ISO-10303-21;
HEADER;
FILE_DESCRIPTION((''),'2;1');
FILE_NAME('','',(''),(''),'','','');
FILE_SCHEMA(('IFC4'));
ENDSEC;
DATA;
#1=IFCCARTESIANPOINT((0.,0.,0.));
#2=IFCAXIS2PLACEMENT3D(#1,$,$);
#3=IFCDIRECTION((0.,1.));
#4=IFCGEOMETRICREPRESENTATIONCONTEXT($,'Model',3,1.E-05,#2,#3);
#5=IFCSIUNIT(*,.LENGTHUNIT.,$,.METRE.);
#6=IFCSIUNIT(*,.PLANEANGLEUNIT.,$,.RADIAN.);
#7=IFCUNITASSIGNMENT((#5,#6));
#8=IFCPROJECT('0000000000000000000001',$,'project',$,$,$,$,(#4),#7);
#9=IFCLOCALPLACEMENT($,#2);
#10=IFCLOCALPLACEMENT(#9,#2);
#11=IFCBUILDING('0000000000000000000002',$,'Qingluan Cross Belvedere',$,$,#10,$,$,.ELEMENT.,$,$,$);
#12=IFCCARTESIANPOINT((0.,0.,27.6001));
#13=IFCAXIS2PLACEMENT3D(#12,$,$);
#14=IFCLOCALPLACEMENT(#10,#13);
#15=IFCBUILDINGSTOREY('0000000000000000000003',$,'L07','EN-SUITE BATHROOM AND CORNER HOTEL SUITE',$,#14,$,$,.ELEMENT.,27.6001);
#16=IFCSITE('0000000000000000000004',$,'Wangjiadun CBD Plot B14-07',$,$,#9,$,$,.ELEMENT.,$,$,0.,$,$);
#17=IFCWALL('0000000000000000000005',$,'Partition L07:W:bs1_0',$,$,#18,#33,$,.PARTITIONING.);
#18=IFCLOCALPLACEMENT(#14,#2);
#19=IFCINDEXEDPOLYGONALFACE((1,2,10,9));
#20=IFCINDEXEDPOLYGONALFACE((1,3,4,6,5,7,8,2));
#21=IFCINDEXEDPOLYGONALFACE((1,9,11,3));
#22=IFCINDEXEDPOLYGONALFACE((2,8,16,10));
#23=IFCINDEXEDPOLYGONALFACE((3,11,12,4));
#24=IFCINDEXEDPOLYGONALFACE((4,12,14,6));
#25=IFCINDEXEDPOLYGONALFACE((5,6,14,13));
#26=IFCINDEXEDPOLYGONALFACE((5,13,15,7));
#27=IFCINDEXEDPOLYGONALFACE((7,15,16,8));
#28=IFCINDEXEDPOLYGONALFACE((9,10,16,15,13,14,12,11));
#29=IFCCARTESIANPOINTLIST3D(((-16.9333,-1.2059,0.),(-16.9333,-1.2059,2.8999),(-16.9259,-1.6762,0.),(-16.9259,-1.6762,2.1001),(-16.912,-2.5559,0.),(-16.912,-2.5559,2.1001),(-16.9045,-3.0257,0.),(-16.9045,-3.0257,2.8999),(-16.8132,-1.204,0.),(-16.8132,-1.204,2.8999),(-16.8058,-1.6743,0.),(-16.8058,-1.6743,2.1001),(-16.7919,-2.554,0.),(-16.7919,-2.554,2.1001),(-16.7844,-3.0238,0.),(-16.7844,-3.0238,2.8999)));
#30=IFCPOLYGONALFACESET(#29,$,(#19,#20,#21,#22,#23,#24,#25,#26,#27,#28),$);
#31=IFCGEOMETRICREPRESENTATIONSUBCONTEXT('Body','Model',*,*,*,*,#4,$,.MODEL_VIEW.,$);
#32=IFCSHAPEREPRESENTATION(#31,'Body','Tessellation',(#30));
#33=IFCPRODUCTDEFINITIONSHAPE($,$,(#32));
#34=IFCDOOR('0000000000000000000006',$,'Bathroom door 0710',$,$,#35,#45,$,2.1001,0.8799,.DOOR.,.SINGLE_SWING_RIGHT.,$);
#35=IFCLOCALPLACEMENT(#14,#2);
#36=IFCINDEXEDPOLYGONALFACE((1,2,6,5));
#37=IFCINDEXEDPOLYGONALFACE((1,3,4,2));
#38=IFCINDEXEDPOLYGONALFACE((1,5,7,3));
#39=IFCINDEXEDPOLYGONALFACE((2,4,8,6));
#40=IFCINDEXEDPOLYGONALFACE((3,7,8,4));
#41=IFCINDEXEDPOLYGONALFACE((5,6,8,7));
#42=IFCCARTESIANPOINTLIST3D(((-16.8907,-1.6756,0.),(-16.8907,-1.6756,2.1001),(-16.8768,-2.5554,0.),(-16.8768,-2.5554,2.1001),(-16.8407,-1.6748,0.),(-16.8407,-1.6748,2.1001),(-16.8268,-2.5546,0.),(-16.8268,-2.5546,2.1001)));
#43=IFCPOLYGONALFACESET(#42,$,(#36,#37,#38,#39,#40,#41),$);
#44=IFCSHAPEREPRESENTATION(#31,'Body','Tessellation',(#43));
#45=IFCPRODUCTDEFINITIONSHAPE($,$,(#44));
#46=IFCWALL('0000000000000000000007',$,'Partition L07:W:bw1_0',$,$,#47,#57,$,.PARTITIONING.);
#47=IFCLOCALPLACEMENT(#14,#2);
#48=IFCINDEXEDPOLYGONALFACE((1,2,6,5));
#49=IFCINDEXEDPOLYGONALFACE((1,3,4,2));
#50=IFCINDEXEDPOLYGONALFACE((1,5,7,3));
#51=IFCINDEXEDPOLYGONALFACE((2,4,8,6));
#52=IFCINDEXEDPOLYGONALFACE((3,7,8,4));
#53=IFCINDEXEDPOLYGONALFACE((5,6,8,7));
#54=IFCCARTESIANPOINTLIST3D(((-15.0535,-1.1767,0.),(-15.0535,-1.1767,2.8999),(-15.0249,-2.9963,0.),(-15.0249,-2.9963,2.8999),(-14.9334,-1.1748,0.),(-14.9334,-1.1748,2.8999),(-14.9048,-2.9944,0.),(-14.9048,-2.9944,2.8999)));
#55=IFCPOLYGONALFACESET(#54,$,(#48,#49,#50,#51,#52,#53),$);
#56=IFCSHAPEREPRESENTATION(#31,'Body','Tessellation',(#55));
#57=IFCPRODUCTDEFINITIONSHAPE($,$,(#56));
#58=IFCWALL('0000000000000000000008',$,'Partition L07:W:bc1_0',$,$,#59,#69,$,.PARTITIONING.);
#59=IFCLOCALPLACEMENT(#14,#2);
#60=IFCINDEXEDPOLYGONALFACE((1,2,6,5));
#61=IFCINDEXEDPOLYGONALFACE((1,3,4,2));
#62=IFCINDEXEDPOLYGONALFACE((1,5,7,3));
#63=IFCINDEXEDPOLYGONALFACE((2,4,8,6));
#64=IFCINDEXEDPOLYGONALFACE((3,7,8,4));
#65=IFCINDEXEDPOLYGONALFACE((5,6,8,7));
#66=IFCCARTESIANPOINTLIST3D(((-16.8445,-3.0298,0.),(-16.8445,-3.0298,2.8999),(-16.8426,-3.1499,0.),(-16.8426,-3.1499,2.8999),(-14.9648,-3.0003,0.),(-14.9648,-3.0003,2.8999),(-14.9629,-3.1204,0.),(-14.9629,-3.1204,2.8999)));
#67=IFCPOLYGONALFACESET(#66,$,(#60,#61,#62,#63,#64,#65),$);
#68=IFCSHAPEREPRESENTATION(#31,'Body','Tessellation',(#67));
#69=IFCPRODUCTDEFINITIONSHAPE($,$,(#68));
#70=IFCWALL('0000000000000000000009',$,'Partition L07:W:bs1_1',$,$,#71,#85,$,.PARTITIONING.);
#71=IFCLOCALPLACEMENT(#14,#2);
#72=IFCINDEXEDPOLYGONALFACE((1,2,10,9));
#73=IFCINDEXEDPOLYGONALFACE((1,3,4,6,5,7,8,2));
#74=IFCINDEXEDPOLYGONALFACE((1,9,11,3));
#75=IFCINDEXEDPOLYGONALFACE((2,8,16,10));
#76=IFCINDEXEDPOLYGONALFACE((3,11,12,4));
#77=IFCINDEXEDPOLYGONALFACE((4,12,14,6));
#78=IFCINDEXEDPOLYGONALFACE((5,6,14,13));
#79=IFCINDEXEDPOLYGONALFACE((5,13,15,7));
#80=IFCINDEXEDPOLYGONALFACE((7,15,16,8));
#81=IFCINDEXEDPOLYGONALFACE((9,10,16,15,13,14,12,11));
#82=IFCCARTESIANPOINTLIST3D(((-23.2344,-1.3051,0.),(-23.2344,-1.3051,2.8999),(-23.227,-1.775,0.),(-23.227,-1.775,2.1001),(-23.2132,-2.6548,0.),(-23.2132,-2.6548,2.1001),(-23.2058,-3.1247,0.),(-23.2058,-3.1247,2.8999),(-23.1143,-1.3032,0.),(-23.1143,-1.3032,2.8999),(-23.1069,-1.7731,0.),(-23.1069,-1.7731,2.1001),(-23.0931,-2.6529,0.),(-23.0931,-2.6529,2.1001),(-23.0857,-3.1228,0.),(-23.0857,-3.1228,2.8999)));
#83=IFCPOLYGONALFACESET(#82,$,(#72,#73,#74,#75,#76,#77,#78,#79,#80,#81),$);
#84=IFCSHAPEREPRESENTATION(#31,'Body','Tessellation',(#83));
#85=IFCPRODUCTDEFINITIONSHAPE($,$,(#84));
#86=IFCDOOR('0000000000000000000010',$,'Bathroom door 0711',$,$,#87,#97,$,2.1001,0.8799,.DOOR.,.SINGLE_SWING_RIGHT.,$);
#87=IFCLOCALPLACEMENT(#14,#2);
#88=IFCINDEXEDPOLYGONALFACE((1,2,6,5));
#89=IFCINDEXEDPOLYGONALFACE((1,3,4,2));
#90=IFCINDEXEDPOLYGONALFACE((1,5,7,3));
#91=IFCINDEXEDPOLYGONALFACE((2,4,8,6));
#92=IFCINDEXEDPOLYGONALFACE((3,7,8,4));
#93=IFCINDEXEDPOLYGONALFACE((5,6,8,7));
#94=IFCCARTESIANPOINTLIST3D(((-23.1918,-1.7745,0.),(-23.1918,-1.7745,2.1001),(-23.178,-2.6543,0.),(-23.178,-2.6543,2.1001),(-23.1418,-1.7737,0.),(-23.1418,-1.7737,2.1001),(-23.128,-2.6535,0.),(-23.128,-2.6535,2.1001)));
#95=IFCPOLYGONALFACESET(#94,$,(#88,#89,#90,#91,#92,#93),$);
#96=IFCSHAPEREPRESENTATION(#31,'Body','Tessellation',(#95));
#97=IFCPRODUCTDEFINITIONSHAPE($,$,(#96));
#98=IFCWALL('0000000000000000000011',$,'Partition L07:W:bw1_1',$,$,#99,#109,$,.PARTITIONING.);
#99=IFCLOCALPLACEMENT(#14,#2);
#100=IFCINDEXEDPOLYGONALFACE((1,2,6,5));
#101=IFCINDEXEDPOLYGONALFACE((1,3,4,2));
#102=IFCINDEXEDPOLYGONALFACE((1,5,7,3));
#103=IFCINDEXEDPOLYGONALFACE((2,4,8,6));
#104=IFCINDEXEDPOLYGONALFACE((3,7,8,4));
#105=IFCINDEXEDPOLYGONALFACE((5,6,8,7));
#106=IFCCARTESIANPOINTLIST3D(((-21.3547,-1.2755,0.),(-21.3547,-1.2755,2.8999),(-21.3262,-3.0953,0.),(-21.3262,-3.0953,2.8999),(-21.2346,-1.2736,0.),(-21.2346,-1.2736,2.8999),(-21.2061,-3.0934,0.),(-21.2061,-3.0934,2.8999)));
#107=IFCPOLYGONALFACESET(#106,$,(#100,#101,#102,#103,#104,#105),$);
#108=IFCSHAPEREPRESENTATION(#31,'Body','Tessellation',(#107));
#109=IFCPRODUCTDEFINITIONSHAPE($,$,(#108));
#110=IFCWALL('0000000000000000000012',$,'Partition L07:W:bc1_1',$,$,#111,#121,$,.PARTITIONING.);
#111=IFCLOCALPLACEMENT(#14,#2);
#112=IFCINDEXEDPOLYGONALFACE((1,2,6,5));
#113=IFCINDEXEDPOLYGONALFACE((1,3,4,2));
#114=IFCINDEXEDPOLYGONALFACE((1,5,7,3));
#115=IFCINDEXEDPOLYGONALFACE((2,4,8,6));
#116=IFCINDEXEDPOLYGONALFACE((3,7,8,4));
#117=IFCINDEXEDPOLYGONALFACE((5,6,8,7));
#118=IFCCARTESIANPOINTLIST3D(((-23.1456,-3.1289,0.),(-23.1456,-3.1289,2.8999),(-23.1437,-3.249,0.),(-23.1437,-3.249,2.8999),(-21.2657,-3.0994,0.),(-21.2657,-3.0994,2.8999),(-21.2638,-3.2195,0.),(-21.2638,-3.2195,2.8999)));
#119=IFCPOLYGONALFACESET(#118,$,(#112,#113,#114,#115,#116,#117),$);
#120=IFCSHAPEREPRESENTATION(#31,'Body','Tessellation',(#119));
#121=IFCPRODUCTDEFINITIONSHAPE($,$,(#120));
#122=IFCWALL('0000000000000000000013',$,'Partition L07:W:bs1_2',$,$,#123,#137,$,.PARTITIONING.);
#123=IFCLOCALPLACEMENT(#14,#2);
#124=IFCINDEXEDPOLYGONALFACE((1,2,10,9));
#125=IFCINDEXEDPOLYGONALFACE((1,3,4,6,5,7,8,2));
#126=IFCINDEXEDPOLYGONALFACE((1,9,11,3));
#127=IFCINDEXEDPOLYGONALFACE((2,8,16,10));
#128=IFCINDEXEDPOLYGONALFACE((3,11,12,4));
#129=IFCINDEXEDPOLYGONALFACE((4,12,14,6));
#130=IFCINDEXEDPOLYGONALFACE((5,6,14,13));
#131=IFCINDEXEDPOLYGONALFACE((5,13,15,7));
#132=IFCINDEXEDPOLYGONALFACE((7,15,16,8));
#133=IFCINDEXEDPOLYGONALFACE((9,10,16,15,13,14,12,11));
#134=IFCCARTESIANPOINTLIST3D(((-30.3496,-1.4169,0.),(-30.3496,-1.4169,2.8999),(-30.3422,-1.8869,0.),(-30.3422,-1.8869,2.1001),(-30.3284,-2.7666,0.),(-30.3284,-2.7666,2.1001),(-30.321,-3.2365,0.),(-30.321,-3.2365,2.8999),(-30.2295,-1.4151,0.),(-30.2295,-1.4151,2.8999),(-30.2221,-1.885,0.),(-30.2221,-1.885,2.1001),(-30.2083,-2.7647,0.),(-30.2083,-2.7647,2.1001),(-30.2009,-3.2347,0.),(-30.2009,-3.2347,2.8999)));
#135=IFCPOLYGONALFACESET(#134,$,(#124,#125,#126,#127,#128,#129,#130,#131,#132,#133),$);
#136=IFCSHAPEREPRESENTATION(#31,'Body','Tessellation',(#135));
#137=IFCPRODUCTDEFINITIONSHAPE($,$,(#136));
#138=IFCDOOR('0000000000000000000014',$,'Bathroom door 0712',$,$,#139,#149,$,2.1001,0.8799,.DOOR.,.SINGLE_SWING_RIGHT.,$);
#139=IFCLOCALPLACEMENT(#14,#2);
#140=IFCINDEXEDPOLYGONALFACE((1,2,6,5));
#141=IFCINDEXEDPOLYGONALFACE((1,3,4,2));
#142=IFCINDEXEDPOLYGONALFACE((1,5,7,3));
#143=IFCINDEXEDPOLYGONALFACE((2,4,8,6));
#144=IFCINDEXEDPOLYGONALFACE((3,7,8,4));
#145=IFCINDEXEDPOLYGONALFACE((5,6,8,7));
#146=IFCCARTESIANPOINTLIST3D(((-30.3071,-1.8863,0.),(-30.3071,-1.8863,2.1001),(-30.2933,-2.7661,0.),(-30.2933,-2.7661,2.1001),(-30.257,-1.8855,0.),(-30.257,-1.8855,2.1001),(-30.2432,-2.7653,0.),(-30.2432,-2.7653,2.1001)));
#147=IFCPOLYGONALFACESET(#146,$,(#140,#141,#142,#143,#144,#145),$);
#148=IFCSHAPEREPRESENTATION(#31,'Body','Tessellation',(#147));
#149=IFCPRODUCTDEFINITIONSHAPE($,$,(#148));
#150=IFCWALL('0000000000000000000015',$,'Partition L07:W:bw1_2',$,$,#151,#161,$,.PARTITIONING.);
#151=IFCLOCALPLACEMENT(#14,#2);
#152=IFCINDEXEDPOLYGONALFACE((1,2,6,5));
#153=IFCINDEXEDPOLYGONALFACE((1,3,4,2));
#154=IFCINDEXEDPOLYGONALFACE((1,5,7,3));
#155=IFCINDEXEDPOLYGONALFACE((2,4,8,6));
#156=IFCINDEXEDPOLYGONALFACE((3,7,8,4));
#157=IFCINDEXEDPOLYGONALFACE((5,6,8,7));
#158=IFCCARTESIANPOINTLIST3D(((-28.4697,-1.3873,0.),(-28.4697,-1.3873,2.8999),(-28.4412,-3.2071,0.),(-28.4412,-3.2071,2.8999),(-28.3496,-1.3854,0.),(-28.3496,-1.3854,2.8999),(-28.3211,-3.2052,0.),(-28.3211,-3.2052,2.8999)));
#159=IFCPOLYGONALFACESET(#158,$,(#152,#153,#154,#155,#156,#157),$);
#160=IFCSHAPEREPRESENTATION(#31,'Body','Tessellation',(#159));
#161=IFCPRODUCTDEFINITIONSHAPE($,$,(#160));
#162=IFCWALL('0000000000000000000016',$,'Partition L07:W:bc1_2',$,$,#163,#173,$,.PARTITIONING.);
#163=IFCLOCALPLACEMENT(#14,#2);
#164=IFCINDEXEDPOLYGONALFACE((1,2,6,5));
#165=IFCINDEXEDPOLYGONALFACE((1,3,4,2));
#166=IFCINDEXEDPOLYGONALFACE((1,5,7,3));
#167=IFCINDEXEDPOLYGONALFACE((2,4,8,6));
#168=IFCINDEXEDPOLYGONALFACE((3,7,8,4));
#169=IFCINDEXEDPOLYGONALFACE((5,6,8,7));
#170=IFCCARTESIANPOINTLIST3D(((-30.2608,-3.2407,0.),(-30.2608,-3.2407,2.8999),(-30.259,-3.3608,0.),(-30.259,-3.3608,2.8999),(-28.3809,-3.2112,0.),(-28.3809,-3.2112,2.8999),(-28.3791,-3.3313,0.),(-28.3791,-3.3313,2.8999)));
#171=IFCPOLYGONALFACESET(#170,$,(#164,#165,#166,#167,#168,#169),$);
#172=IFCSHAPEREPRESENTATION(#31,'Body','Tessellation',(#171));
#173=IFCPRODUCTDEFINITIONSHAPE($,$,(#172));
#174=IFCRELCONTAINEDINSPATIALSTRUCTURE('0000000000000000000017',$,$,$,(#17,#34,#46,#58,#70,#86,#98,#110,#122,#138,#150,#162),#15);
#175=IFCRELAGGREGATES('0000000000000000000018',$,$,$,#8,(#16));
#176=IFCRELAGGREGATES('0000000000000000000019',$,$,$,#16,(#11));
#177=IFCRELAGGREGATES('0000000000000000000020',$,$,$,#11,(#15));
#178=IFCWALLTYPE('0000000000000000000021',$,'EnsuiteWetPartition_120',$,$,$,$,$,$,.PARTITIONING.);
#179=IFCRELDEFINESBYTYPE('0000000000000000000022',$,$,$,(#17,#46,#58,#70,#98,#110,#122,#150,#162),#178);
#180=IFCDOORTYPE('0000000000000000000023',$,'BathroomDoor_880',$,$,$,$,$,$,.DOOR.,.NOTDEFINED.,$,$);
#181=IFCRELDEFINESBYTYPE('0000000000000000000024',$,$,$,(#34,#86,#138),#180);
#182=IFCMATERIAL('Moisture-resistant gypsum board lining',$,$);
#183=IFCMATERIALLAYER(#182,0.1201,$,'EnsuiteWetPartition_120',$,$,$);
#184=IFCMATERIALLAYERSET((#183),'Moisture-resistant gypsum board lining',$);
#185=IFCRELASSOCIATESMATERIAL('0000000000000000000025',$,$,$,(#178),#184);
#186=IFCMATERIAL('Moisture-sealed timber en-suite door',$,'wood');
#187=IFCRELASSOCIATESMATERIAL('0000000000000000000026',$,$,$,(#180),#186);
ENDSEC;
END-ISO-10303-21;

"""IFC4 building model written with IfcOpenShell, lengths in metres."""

from ifc_helpers import new_model, si_unit, direction, frame, frame_2d, origin, place, context, subcontext, project, spatial, rectangle, extrude, material, layer, layer_set, type_object, element, fill, save


model = new_model("IFC4")

# Units and contexts
model_context = context("Model", 3, precision=1e-05, world=origin(), true_north=direction((0.0, 1.0)))
body_context = subcontext(model_context, "Body", "Model", "MODEL_VIEW")
ifc_project = project(units=[si_unit("LENGTHUNIT", "METRE"), si_unit("PLANEANGLEUNIT", "RADIAN")], contexts=[model_context])

# Site, building, storey
site_placement = place(None, origin())
site = spatial("IfcSite", under=ifc_project, at=site_placement, Name="Wangjiadun CBD Plot B14-07", CompositionType="ELEMENT", RefElevation=0.0)
building_placement = place(site_placement, origin())
building = spatial("IfcBuilding", under=site, at=building_placement, Name="Qingluan Cross Belvedere", CompositionType="ELEMENT")
storey_placement = place(building_placement, frame((0.0, 0.0, 27.6001)))
storey = spatial("IfcBuildingStorey", under=building, at=storey_placement, Name="L07", Description="EN-SUITE BATHROOM AND CORNER HOTEL SUITE", CompositionType="ELEMENT", Elevation=27.6001)

# Wall, opening, door
ifc_material_1 = material(Name="Moisture-resistant gypsum board lining")
ifc_layer_1 = layer(ifc_material_1, 0.1201, Name="EnsuiteWetPartition_120")
ifc_layer_set_1 = layer_set([ifc_layer_1], Name="Moisture-resistant gypsum board lining")
wall_type_1 = type_object("IfcWallType", Name="EnsuiteWetPartition_120", PredefinedType="PARTITIONING", material=ifc_layer_set_1)
wall_1_placement = place(storey_placement, frame((-16.8445, -3.0249, 0.0), z_axis=(0.0, 0.0, 1.0), x_axis=(-0.015828, 0.999875, 0.0)))
wall_1 = element("IfcWall", 1, at=wall_1_placement, inside=storey, type_object=wall_type_1, Name="Partition L07:W:bs1_0", PredefinedType="PARTITIONING", context=body_context, shape_type="SweptSolid", body=[
    extrude(rectangle(XDim=1.8201, YDim=0.1201, at=frame_2d((0.9102, 0.0))), origin(), (0.0, 0.0, 1.0), 2.8999),
])
opening_1_placement = place(wall_1_placement, frame((0.47, 0.0, 0.0)))
opening_1 = element("IfcOpeningElement", 2, at=opening_1_placement, cuts=wall_1, PredefinedType="OPENING", context=body_context, shape_type="SweptSolid", body=[
    extrude(rectangle(XDim=0.8799, YDim=2.1001, at=frame_2d((0.4399, 1.05))), frame((0.0, 0.0701, 0.0), z_axis=(0.0, -1.0, 0.0), x_axis=(1.0, 0.0, 0.0)), (0.0, 0.0, 1.0), 0.1401),
])
ifc_material_2 = material(Name="Moisture-sealed timber en-suite door", Category="wood")
door_type_1 = type_object("IfcDoorType", Name="BathroomDoor_880", OperationType="NOTDEFINED", PredefinedType="DOOR", material=ifc_material_2)
door_1_placement = place(opening_1_placement, origin())
door_1 = element("IfcDoor", 3, at=door_1_placement, inside=storey, type_object=door_type_1, Name="Bathroom door 0710", OperationType="SINGLE_SWING_RIGHT", OverallHeight=2.1001, OverallWidth=0.8799, PredefinedType="DOOR", context=body_context, shape_type="SweptSolid", body=[
    extrude(rectangle(XDim=0.8799, YDim=2.1001, at=frame_2d((0.4399, 1.05))), frame((0.0, 0.0249, 0.0), z_axis=(0.0, -1.0, 0.0), x_axis=(1.0, 0.0, 0.0)), (0.0, 0.0, 1.0), 0.05),
])
fill(opening_1, door_1)

# Walls
wall_2_placement = place(storey_placement, frame((-14.9648, -2.9954, 0.0), z_axis=(0.0, 0.0, 1.0), x_axis=(-0.015696, 0.999877, 0.0)))
element("IfcWall", 4, at=wall_2_placement, inside=storey, type_object=wall_type_1, Name="Partition L07:W:bw1_0", PredefinedType="PARTITIONING", context=body_context, shape_type="SweptSolid", body=[
    extrude(rectangle(XDim=1.8198, YDim=0.1201, at=frame_2d((0.9099, 0.0))), origin(), (0.0, 0.0, 1.0), 2.8999),
])
wall_3_placement = place(storey_placement, frame((-14.9639, -3.0603, 0.0), z_axis=(0.0, 0.0, 1.0), x_axis=(-0.999877, -0.015714, 0.0)))
element("IfcWall", 5, at=wall_3_placement, inside=storey, type_object=wall_type_1, Name="Partition L07:W:bc1_0", PredefinedType="PARTITIONING", context=body_context, shape_type="SweptSolid", body=[
    extrude(rectangle(XDim=1.8799, YDim=0.1201, at=frame_2d((0.9399, 0.0))), origin(), (0.0, 0.0, 1.0), 2.8999),
])

# Wall, opening, door
wall_4_placement = place(storey_placement, frame((-23.1458, -3.1238, 0.0), z_axis=(0.0, 0.0, 1.0), x_axis=(-0.015696, 0.999877, 0.0)))
wall_4 = element("IfcWall", 6, at=wall_4_placement, inside=storey, type_object=wall_type_1, Name="Partition L07:W:bs1_1", PredefinedType="PARTITIONING", context=body_context, shape_type="SweptSolid", body=[
    extrude(rectangle(XDim=1.8198, YDim=0.1201, at=frame_2d((0.9099, 0.0))), origin(), (0.0, 0.0, 1.0), 2.8999),
])
opening_2_placement = place(wall_4_placement, frame((0.47, 0.0, 0.0)))
opening_2 = element("IfcOpeningElement", 7, at=opening_2_placement, cuts=wall_4, PredefinedType="OPENING", context=body_context, shape_type="SweptSolid", body=[
    extrude(rectangle(XDim=0.8799, YDim=2.1001, at=frame_2d((0.4399, 1.05))), frame((0.0, 0.0701, 0.0), z_axis=(0.0, -1.0, 0.0), x_axis=(1.0, 0.0, 0.0)), (0.0, 0.0, 1.0), 0.1401),
])
door_2_placement = place(opening_2_placement, origin())
door_2 = element("IfcDoor", 8, at=door_2_placement, inside=storey, type_object=door_type_1, Name="Bathroom door 0711", OperationType="SINGLE_SWING_RIGHT", OverallHeight=2.1001, OverallWidth=0.8799, PredefinedType="DOOR", context=body_context, shape_type="SweptSolid", body=[
    extrude(rectangle(XDim=0.8799, YDim=2.1001, at=frame_2d((0.4399, 1.05))), frame((0.0, 0.0249, 0.0), z_axis=(0.0, -1.0, 0.0), x_axis=(1.0, 0.0, 0.0)), (0.0, 0.0, 1.0), 0.05),
])
fill(opening_2, door_2)

# Walls
wall_5_placement = place(storey_placement, frame((-21.2661, -3.0945, 0.0), z_axis=(0.0, 0.0, 1.0), x_axis=(-0.015694, 0.999877, 0.0)))
element("IfcWall", 9, at=wall_5_placement, inside=storey, type_object=wall_type_1, Name="Partition L07:W:bw1_1", PredefinedType="PARTITIONING", context=body_context, shape_type="SweptSolid", body=[
    extrude(rectangle(XDim=1.8201, YDim=0.1201, at=frame_2d((0.9102, 0.0))), origin(), (0.0, 0.0, 1.0), 2.8999),
])
wall_6_placement = place(storey_placement, frame((-21.2649, -3.1594, 0.0), z_axis=(0.0, 0.0, 1.0), x_axis=(-0.999877, -0.015712, 0.0)))
element("IfcWall", 10, at=wall_6_placement, inside=storey, type_object=wall_type_1, Name="Partition L07:W:bc1_1", PredefinedType="PARTITIONING", context=body_context, shape_type="SweptSolid", body=[
    extrude(rectangle(XDim=1.8801, YDim=0.1201, at=frame_2d((0.9399, 0.0))), origin(), (0.0, 0.0, 1.0), 2.8999),
])

# Wall, opening, door
wall_7_placement = place(storey_placement, frame((-30.261, -3.2356, 0.0), z_axis=(0.0, 0.0, 1.0), x_axis=(-0.015696, 0.999877, 0.0)))
wall_7 = element("IfcWall", 11, at=wall_7_placement, inside=storey, type_object=wall_type_1, Name="Partition L07:W:bs1_2", PredefinedType="PARTITIONING", context=body_context, shape_type="SweptSolid", body=[
    extrude(rectangle(XDim=1.8198, YDim=0.1201, at=frame_2d((0.9099, 0.0))), origin(), (0.0, 0.0, 1.0), 2.8999),
])
opening_3_placement = place(wall_7_placement, frame((0.47, 0.0, 0.0)))
opening_3 = element("IfcOpeningElement", 12, at=opening_3_placement, cuts=wall_7, PredefinedType="OPENING", context=body_context, shape_type="SweptSolid", body=[
    extrude(rectangle(XDim=0.8799, YDim=2.1001, at=frame_2d((0.4399, 1.05))), frame((0.0, 0.0701, 0.0), z_axis=(0.0, -1.0, 0.0), x_axis=(1.0, 0.0, 0.0)), (0.0, 0.0, 1.0), 0.1401),
])
door_3_placement = place(opening_3_placement, origin())
door_3 = element("IfcDoor", 13, at=door_3_placement, inside=storey, type_object=door_type_1, Name="Bathroom door 0712", OperationType="SINGLE_SWING_RIGHT", OverallHeight=2.1001, OverallWidth=0.8799, PredefinedType="DOOR", context=body_context, shape_type="SweptSolid", body=[
    extrude(rectangle(XDim=0.8799, YDim=2.1001, at=frame_2d((0.4399, 1.05))), frame((0.0, 0.0249, 0.0), z_axis=(0.0, -1.0, 0.0), x_axis=(1.0, 0.0, 0.0)), (0.0, 0.0, 1.0), 0.05),
])
fill(opening_3, door_3)

# Walls
wall_8_placement = place(storey_placement, frame((-28.3811, -3.2063, 0.0), z_axis=(0.0, 0.0, 1.0), x_axis=(-0.015694, 0.999877, 0.0)))
element("IfcWall", 14, at=wall_8_placement, inside=storey, type_object=wall_type_1, Name="Partition L07:W:bw1_2", PredefinedType="PARTITIONING", context=body_context, shape_type="SweptSolid", body=[
    extrude(rectangle(XDim=1.8201, YDim=0.1201, at=frame_2d((0.9102, 0.0))), origin(), (0.0, 0.0, 1.0), 2.8999),
])
wall_9_placement = place(storey_placement, frame((-28.3801, -3.2712, 0.0), z_axis=(0.0, 0.0, 1.0), x_axis=(-0.999877, -0.015712, 0.0)))
element("IfcWall", 15, at=wall_9_placement, inside=storey, type_object=wall_type_1, Name="Partition L07:W:bc1_2", PredefinedType="PARTITIONING", context=body_context, shape_type="SweptSolid", body=[
    extrude(rectangle(XDim=1.8801, YDim=0.1201, at=frame_2d((0.9399, 0.0))), origin(), (0.0, 0.0, 1.0), 2.8999),
])

save(model, "model.ifc")
